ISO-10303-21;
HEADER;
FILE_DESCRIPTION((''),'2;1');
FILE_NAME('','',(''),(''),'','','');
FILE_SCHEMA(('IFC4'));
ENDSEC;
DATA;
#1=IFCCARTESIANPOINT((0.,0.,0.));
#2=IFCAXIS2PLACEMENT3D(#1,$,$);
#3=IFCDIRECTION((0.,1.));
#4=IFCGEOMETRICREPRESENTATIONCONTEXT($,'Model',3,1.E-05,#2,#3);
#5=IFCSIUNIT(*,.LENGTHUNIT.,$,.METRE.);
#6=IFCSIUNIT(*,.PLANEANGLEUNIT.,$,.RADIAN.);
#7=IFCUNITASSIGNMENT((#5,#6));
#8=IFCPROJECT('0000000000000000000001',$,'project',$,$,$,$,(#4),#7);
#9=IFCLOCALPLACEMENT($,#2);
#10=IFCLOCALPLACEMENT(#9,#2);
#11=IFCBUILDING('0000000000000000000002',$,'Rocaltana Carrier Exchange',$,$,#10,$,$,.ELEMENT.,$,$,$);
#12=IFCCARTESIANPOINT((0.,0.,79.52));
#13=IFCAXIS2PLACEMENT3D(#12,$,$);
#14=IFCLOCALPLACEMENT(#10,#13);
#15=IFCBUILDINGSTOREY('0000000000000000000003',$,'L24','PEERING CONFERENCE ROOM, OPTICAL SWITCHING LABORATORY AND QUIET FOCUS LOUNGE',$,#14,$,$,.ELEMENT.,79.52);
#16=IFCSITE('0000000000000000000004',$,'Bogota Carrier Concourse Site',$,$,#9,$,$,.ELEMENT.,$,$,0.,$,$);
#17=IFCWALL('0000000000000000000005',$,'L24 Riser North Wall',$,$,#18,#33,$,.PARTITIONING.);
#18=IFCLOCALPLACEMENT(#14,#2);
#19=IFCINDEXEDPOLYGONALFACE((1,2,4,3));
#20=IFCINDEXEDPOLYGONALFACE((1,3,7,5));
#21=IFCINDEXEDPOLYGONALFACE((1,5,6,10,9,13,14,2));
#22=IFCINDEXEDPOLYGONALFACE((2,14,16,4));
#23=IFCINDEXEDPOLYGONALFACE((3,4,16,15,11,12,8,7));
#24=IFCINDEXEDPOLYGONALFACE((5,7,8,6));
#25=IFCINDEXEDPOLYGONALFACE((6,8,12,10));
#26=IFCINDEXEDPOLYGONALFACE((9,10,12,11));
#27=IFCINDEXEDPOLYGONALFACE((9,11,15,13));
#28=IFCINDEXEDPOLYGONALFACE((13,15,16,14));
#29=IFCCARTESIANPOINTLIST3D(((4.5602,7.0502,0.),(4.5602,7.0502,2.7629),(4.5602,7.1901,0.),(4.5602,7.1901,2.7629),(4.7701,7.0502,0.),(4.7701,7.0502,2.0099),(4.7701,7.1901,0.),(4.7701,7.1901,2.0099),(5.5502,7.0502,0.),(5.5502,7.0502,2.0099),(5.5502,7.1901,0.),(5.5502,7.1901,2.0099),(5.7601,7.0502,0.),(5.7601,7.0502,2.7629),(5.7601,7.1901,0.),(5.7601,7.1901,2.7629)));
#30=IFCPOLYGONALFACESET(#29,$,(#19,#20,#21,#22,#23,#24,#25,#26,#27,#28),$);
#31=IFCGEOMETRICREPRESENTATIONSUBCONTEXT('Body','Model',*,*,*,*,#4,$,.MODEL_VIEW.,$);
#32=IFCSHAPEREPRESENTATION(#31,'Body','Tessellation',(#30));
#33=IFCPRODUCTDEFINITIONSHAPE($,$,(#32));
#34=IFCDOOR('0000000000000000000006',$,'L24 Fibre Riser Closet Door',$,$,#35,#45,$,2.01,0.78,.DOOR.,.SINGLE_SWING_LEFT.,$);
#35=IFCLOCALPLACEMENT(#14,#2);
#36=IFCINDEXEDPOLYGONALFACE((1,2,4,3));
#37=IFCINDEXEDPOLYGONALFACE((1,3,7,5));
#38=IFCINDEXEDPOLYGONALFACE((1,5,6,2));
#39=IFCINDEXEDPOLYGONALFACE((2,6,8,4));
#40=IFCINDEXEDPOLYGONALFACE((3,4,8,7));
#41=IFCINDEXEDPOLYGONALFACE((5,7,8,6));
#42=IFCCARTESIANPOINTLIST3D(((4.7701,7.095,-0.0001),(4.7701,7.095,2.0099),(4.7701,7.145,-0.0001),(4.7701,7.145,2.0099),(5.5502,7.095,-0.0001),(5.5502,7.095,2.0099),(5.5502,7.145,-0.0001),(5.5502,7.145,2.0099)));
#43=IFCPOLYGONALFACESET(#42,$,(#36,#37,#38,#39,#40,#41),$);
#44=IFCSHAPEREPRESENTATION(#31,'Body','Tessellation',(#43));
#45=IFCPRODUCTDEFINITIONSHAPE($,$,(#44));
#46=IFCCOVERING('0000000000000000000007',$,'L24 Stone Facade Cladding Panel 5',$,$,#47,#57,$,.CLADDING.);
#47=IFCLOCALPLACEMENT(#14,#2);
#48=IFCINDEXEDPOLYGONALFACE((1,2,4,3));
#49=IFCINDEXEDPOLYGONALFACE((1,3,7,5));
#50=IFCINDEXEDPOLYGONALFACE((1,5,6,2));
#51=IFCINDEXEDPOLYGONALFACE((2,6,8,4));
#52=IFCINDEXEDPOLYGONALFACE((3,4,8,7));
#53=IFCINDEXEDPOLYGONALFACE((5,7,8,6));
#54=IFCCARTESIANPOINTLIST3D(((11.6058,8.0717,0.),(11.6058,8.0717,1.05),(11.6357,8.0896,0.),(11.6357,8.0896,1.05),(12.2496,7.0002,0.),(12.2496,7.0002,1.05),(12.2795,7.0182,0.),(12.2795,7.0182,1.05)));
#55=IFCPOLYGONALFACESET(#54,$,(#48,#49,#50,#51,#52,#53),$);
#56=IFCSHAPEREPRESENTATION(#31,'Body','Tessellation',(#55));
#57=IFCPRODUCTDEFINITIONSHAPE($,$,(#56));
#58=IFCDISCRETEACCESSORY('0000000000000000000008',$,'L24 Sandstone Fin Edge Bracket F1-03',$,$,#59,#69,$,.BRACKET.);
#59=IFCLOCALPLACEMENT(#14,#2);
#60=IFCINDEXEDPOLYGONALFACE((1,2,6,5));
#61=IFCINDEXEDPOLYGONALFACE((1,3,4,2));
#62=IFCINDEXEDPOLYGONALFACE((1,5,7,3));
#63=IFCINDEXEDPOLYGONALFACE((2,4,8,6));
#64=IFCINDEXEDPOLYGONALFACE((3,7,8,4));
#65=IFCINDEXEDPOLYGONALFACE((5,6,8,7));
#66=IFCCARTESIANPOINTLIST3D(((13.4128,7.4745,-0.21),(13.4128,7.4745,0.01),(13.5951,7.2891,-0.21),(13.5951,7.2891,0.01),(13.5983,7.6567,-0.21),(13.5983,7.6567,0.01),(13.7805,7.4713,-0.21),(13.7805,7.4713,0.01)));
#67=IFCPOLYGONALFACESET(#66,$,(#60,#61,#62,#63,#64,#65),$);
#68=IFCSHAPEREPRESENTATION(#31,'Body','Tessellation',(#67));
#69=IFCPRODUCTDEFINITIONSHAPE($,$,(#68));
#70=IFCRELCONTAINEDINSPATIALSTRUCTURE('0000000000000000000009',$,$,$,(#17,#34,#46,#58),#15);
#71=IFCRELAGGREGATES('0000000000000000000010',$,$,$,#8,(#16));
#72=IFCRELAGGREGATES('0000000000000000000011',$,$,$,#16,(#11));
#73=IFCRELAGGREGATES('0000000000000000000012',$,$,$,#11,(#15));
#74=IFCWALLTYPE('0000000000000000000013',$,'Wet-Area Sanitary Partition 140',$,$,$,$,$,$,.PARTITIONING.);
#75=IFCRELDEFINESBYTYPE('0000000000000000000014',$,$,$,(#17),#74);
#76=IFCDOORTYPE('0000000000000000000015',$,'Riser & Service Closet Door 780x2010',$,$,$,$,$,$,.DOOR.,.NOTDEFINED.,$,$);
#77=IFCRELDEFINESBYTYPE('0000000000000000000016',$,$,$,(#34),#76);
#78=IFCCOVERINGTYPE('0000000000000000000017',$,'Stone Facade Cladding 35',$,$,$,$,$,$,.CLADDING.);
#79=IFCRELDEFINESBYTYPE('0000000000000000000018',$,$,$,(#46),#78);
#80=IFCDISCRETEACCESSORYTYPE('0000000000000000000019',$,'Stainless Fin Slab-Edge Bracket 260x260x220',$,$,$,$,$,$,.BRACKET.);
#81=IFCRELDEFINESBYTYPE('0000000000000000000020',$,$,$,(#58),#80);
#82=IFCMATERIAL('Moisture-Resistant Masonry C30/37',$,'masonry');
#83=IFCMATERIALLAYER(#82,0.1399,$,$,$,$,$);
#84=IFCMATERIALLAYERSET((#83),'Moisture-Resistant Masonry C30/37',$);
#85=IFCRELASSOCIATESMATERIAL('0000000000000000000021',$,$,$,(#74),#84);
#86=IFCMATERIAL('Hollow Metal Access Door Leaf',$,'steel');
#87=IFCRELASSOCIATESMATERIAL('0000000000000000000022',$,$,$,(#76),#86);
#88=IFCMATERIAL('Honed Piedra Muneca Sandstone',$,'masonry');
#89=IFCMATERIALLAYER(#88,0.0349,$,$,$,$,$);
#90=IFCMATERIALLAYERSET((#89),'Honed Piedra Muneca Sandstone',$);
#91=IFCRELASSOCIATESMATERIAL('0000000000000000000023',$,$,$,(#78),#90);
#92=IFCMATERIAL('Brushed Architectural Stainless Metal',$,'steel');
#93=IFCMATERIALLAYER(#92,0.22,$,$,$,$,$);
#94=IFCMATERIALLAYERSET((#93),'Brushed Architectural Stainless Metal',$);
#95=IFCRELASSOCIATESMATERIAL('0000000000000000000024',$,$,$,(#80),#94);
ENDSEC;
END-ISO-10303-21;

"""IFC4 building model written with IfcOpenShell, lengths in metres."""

from ifc_helpers import new_model, si_unit, direction, frame, frame_2d, origin, origin_2d, place, context, subcontext, project, spatial, rectangle, extrude, material, layer, layer_set, type_object, element, fill, save


model = new_model("IFC4")

# Units and contexts
model_context = context("Model", 3, precision=1e-05, world=origin(), true_north=direction((0.0, 1.0)))
body_context = subcontext(model_context, "Body", "Model", "MODEL_VIEW")
ifc_project = project(units=[si_unit("LENGTHUNIT", "METRE"), si_unit("PLANEANGLEUNIT", "RADIAN")], contexts=[model_context])

# Site, building, storey
site_placement = place(None, origin())
site = spatial("IfcSite", under=ifc_project, at=site_placement, Name="Bogota Carrier Concourse Site", CompositionType="ELEMENT", RefElevation=0.0)
building_placement = place(site_placement, origin())
building = spatial("IfcBuilding", under=site, at=building_placement, Name="Rocaltana Carrier Exchange", CompositionType="ELEMENT")
storey_placement = place(building_placement, frame((0.0, 0.0, 79.52)))
storey = spatial("IfcBuildingStorey", under=building, at=storey_placement, Name="L24", Description="PEERING CONFERENCE ROOM, OPTICAL SWITCHING LABORATORY AND QUIET FOCUS LOUNGE", CompositionType="ELEMENT", Elevation=79.52)

# Shared definitions
ifc_material_1 = material(Name="Moisture-Resistant Masonry C30/37", Category="masonry")
ifc_layer_1 = layer(ifc_material_1, 0.1399)
ifc_layer_set_1 = layer_set([ifc_layer_1], Name="Moisture-Resistant Masonry C30/37")
wall_type_1 = type_object("IfcWallType", Name="Wet-Area Sanitary Partition 140", PredefinedType="PARTITIONING", material=ifc_layer_set_1)

# Wall, opening, door
wall_1_placement = place(storey_placement, frame((4.5601, 7.1201, 0.0), z_axis=(0.0, 0.0, 1.0), x_axis=(1.0, 0.0, 0.0)))
wall_1 = element("IfcWall", 1, at=wall_1_placement, inside=storey, type_object=wall_type_1, Name="L24 Riser North Wall", PredefinedType="PARTITIONING", context=body_context, shape_type="SweptSolid", body=[
    extrude(rectangle(XDim=1.2, YDim=0.1399, at=frame_2d((0.6001, 0.0))), origin(), (0.0, 0.0, 1.0), 2.7629),
])
opening_1_placement = place(wall_1_placement, frame((0.21, 0.0, 0.0)))
opening_1 = element("IfcOpeningElement", 2, at=opening_1_placement, cuts=wall_1, PredefinedType="OPENING", context=body_context, shape_type="SweptSolid", body=[
    extrude(rectangle(XDim=0.78, YDim=2.01, at=frame_2d((0.3901, 1.0049))), frame((0.0, 0.0798, 0.0), z_axis=(0.0, -1.0, 0.0), x_axis=(1.0, 0.0, 0.0)), (0.0, 0.0, 1.0), 0.1599),
])
ifc_material_2 = material(Name="Hollow Metal Access Door Leaf", Category="steel")
door_type_1 = type_object("IfcDoorType", Name="Riser & Service Closet Door 780x2010", OperationType="NOTDEFINED", PredefinedType="DOOR", material=ifc_material_2)
door_1_placement = place(opening_1_placement, origin())
door_1 = element("IfcDoor", 3, at=door_1_placement, inside=storey, type_object=door_type_1, Name="L24 Fibre Riser Closet Door", OperationType="SINGLE_SWING_LEFT", OverallHeight=2.01, OverallWidth=0.78, PredefinedType="DOOR", context=body_context, shape_type="SweptSolid", body=[
    extrude(rectangle(XDim=0.78, YDim=2.01, at=frame_2d((0.3901, 1.0049))), frame((0.0, 0.0249, 0.0), z_axis=(0.0, -1.0, 0.0), x_axis=(1.0, 0.0, 0.0)), (0.0, 0.0, 1.0), 0.05),
])
fill(opening_1, door_1)

# Covering
ifc_material_3 = material(Name="Honed Piedra Muneca Sandstone", Category="masonry")
ifc_layer_2 = layer(ifc_material_3, 0.0349)
ifc_layer_set_2 = layer_set([ifc_layer_2], Name="Honed Piedra Muneca Sandstone")
covering_type = type_object("IfcCoveringType", Name="Stone Facade Cladding 35", PredefinedType="CLADDING", material=ifc_layer_set_2)
covering_placement = place(storey_placement, frame((11.9426, 7.5449, 0.0), z_axis=(0.0, 0.0, 1.0), x_axis=(-0.515038, 0.857167, 0.0)))
element("IfcCovering", 4, at=covering_placement, inside=storey, type_object=covering_type, Name="L24 Stone Facade Cladding Panel 5", PredefinedType="CLADDING", context=body_context, shape_type="SweptSolid", body=[
    extrude(rectangle(XDim=1.25, YDim=0.0349, at=origin_2d()), origin(), (0.0, 0.0, 1.0), 1.05),
])

# Discrete accessory
ifc_material_4 = material(Name="Brushed Architectural Stainless Metal", Category="steel")
ifc_layer_3 = layer(ifc_material_4, 0.22)
ifc_layer_set_3 = layer_set([ifc_layer_3], Name="Brushed Architectural Stainless Metal")
discrete_accessory_type = type_object("IfcDiscreteAccessoryType", Name="Stainless Fin Slab-Edge Bracket 260x260x220", PredefinedType="BRACKET", material=ifc_layer_set_3)
discrete_accessory_placement = place(storey_placement, frame((13.5967, 7.4729, -0.21), z_axis=(0.0, 0.0, 1.0), x_axis=(-0.700909, 0.71325, 0.0)))
element("IfcDiscreteAccessory", 5, at=discrete_accessory_placement, inside=storey, type_object=discrete_accessory_type, Name="L24 Sandstone Fin Edge Bracket F1-03", PredefinedType="BRACKET", context=body_context, shape_type="SweptSolid", body=[
    extrude(rectangle(XDim=0.26, YDim=0.26, at=origin_2d()), origin(), (0.0, 0.0, 1.0), 0.22),
])

save(model, "model.ifc")
